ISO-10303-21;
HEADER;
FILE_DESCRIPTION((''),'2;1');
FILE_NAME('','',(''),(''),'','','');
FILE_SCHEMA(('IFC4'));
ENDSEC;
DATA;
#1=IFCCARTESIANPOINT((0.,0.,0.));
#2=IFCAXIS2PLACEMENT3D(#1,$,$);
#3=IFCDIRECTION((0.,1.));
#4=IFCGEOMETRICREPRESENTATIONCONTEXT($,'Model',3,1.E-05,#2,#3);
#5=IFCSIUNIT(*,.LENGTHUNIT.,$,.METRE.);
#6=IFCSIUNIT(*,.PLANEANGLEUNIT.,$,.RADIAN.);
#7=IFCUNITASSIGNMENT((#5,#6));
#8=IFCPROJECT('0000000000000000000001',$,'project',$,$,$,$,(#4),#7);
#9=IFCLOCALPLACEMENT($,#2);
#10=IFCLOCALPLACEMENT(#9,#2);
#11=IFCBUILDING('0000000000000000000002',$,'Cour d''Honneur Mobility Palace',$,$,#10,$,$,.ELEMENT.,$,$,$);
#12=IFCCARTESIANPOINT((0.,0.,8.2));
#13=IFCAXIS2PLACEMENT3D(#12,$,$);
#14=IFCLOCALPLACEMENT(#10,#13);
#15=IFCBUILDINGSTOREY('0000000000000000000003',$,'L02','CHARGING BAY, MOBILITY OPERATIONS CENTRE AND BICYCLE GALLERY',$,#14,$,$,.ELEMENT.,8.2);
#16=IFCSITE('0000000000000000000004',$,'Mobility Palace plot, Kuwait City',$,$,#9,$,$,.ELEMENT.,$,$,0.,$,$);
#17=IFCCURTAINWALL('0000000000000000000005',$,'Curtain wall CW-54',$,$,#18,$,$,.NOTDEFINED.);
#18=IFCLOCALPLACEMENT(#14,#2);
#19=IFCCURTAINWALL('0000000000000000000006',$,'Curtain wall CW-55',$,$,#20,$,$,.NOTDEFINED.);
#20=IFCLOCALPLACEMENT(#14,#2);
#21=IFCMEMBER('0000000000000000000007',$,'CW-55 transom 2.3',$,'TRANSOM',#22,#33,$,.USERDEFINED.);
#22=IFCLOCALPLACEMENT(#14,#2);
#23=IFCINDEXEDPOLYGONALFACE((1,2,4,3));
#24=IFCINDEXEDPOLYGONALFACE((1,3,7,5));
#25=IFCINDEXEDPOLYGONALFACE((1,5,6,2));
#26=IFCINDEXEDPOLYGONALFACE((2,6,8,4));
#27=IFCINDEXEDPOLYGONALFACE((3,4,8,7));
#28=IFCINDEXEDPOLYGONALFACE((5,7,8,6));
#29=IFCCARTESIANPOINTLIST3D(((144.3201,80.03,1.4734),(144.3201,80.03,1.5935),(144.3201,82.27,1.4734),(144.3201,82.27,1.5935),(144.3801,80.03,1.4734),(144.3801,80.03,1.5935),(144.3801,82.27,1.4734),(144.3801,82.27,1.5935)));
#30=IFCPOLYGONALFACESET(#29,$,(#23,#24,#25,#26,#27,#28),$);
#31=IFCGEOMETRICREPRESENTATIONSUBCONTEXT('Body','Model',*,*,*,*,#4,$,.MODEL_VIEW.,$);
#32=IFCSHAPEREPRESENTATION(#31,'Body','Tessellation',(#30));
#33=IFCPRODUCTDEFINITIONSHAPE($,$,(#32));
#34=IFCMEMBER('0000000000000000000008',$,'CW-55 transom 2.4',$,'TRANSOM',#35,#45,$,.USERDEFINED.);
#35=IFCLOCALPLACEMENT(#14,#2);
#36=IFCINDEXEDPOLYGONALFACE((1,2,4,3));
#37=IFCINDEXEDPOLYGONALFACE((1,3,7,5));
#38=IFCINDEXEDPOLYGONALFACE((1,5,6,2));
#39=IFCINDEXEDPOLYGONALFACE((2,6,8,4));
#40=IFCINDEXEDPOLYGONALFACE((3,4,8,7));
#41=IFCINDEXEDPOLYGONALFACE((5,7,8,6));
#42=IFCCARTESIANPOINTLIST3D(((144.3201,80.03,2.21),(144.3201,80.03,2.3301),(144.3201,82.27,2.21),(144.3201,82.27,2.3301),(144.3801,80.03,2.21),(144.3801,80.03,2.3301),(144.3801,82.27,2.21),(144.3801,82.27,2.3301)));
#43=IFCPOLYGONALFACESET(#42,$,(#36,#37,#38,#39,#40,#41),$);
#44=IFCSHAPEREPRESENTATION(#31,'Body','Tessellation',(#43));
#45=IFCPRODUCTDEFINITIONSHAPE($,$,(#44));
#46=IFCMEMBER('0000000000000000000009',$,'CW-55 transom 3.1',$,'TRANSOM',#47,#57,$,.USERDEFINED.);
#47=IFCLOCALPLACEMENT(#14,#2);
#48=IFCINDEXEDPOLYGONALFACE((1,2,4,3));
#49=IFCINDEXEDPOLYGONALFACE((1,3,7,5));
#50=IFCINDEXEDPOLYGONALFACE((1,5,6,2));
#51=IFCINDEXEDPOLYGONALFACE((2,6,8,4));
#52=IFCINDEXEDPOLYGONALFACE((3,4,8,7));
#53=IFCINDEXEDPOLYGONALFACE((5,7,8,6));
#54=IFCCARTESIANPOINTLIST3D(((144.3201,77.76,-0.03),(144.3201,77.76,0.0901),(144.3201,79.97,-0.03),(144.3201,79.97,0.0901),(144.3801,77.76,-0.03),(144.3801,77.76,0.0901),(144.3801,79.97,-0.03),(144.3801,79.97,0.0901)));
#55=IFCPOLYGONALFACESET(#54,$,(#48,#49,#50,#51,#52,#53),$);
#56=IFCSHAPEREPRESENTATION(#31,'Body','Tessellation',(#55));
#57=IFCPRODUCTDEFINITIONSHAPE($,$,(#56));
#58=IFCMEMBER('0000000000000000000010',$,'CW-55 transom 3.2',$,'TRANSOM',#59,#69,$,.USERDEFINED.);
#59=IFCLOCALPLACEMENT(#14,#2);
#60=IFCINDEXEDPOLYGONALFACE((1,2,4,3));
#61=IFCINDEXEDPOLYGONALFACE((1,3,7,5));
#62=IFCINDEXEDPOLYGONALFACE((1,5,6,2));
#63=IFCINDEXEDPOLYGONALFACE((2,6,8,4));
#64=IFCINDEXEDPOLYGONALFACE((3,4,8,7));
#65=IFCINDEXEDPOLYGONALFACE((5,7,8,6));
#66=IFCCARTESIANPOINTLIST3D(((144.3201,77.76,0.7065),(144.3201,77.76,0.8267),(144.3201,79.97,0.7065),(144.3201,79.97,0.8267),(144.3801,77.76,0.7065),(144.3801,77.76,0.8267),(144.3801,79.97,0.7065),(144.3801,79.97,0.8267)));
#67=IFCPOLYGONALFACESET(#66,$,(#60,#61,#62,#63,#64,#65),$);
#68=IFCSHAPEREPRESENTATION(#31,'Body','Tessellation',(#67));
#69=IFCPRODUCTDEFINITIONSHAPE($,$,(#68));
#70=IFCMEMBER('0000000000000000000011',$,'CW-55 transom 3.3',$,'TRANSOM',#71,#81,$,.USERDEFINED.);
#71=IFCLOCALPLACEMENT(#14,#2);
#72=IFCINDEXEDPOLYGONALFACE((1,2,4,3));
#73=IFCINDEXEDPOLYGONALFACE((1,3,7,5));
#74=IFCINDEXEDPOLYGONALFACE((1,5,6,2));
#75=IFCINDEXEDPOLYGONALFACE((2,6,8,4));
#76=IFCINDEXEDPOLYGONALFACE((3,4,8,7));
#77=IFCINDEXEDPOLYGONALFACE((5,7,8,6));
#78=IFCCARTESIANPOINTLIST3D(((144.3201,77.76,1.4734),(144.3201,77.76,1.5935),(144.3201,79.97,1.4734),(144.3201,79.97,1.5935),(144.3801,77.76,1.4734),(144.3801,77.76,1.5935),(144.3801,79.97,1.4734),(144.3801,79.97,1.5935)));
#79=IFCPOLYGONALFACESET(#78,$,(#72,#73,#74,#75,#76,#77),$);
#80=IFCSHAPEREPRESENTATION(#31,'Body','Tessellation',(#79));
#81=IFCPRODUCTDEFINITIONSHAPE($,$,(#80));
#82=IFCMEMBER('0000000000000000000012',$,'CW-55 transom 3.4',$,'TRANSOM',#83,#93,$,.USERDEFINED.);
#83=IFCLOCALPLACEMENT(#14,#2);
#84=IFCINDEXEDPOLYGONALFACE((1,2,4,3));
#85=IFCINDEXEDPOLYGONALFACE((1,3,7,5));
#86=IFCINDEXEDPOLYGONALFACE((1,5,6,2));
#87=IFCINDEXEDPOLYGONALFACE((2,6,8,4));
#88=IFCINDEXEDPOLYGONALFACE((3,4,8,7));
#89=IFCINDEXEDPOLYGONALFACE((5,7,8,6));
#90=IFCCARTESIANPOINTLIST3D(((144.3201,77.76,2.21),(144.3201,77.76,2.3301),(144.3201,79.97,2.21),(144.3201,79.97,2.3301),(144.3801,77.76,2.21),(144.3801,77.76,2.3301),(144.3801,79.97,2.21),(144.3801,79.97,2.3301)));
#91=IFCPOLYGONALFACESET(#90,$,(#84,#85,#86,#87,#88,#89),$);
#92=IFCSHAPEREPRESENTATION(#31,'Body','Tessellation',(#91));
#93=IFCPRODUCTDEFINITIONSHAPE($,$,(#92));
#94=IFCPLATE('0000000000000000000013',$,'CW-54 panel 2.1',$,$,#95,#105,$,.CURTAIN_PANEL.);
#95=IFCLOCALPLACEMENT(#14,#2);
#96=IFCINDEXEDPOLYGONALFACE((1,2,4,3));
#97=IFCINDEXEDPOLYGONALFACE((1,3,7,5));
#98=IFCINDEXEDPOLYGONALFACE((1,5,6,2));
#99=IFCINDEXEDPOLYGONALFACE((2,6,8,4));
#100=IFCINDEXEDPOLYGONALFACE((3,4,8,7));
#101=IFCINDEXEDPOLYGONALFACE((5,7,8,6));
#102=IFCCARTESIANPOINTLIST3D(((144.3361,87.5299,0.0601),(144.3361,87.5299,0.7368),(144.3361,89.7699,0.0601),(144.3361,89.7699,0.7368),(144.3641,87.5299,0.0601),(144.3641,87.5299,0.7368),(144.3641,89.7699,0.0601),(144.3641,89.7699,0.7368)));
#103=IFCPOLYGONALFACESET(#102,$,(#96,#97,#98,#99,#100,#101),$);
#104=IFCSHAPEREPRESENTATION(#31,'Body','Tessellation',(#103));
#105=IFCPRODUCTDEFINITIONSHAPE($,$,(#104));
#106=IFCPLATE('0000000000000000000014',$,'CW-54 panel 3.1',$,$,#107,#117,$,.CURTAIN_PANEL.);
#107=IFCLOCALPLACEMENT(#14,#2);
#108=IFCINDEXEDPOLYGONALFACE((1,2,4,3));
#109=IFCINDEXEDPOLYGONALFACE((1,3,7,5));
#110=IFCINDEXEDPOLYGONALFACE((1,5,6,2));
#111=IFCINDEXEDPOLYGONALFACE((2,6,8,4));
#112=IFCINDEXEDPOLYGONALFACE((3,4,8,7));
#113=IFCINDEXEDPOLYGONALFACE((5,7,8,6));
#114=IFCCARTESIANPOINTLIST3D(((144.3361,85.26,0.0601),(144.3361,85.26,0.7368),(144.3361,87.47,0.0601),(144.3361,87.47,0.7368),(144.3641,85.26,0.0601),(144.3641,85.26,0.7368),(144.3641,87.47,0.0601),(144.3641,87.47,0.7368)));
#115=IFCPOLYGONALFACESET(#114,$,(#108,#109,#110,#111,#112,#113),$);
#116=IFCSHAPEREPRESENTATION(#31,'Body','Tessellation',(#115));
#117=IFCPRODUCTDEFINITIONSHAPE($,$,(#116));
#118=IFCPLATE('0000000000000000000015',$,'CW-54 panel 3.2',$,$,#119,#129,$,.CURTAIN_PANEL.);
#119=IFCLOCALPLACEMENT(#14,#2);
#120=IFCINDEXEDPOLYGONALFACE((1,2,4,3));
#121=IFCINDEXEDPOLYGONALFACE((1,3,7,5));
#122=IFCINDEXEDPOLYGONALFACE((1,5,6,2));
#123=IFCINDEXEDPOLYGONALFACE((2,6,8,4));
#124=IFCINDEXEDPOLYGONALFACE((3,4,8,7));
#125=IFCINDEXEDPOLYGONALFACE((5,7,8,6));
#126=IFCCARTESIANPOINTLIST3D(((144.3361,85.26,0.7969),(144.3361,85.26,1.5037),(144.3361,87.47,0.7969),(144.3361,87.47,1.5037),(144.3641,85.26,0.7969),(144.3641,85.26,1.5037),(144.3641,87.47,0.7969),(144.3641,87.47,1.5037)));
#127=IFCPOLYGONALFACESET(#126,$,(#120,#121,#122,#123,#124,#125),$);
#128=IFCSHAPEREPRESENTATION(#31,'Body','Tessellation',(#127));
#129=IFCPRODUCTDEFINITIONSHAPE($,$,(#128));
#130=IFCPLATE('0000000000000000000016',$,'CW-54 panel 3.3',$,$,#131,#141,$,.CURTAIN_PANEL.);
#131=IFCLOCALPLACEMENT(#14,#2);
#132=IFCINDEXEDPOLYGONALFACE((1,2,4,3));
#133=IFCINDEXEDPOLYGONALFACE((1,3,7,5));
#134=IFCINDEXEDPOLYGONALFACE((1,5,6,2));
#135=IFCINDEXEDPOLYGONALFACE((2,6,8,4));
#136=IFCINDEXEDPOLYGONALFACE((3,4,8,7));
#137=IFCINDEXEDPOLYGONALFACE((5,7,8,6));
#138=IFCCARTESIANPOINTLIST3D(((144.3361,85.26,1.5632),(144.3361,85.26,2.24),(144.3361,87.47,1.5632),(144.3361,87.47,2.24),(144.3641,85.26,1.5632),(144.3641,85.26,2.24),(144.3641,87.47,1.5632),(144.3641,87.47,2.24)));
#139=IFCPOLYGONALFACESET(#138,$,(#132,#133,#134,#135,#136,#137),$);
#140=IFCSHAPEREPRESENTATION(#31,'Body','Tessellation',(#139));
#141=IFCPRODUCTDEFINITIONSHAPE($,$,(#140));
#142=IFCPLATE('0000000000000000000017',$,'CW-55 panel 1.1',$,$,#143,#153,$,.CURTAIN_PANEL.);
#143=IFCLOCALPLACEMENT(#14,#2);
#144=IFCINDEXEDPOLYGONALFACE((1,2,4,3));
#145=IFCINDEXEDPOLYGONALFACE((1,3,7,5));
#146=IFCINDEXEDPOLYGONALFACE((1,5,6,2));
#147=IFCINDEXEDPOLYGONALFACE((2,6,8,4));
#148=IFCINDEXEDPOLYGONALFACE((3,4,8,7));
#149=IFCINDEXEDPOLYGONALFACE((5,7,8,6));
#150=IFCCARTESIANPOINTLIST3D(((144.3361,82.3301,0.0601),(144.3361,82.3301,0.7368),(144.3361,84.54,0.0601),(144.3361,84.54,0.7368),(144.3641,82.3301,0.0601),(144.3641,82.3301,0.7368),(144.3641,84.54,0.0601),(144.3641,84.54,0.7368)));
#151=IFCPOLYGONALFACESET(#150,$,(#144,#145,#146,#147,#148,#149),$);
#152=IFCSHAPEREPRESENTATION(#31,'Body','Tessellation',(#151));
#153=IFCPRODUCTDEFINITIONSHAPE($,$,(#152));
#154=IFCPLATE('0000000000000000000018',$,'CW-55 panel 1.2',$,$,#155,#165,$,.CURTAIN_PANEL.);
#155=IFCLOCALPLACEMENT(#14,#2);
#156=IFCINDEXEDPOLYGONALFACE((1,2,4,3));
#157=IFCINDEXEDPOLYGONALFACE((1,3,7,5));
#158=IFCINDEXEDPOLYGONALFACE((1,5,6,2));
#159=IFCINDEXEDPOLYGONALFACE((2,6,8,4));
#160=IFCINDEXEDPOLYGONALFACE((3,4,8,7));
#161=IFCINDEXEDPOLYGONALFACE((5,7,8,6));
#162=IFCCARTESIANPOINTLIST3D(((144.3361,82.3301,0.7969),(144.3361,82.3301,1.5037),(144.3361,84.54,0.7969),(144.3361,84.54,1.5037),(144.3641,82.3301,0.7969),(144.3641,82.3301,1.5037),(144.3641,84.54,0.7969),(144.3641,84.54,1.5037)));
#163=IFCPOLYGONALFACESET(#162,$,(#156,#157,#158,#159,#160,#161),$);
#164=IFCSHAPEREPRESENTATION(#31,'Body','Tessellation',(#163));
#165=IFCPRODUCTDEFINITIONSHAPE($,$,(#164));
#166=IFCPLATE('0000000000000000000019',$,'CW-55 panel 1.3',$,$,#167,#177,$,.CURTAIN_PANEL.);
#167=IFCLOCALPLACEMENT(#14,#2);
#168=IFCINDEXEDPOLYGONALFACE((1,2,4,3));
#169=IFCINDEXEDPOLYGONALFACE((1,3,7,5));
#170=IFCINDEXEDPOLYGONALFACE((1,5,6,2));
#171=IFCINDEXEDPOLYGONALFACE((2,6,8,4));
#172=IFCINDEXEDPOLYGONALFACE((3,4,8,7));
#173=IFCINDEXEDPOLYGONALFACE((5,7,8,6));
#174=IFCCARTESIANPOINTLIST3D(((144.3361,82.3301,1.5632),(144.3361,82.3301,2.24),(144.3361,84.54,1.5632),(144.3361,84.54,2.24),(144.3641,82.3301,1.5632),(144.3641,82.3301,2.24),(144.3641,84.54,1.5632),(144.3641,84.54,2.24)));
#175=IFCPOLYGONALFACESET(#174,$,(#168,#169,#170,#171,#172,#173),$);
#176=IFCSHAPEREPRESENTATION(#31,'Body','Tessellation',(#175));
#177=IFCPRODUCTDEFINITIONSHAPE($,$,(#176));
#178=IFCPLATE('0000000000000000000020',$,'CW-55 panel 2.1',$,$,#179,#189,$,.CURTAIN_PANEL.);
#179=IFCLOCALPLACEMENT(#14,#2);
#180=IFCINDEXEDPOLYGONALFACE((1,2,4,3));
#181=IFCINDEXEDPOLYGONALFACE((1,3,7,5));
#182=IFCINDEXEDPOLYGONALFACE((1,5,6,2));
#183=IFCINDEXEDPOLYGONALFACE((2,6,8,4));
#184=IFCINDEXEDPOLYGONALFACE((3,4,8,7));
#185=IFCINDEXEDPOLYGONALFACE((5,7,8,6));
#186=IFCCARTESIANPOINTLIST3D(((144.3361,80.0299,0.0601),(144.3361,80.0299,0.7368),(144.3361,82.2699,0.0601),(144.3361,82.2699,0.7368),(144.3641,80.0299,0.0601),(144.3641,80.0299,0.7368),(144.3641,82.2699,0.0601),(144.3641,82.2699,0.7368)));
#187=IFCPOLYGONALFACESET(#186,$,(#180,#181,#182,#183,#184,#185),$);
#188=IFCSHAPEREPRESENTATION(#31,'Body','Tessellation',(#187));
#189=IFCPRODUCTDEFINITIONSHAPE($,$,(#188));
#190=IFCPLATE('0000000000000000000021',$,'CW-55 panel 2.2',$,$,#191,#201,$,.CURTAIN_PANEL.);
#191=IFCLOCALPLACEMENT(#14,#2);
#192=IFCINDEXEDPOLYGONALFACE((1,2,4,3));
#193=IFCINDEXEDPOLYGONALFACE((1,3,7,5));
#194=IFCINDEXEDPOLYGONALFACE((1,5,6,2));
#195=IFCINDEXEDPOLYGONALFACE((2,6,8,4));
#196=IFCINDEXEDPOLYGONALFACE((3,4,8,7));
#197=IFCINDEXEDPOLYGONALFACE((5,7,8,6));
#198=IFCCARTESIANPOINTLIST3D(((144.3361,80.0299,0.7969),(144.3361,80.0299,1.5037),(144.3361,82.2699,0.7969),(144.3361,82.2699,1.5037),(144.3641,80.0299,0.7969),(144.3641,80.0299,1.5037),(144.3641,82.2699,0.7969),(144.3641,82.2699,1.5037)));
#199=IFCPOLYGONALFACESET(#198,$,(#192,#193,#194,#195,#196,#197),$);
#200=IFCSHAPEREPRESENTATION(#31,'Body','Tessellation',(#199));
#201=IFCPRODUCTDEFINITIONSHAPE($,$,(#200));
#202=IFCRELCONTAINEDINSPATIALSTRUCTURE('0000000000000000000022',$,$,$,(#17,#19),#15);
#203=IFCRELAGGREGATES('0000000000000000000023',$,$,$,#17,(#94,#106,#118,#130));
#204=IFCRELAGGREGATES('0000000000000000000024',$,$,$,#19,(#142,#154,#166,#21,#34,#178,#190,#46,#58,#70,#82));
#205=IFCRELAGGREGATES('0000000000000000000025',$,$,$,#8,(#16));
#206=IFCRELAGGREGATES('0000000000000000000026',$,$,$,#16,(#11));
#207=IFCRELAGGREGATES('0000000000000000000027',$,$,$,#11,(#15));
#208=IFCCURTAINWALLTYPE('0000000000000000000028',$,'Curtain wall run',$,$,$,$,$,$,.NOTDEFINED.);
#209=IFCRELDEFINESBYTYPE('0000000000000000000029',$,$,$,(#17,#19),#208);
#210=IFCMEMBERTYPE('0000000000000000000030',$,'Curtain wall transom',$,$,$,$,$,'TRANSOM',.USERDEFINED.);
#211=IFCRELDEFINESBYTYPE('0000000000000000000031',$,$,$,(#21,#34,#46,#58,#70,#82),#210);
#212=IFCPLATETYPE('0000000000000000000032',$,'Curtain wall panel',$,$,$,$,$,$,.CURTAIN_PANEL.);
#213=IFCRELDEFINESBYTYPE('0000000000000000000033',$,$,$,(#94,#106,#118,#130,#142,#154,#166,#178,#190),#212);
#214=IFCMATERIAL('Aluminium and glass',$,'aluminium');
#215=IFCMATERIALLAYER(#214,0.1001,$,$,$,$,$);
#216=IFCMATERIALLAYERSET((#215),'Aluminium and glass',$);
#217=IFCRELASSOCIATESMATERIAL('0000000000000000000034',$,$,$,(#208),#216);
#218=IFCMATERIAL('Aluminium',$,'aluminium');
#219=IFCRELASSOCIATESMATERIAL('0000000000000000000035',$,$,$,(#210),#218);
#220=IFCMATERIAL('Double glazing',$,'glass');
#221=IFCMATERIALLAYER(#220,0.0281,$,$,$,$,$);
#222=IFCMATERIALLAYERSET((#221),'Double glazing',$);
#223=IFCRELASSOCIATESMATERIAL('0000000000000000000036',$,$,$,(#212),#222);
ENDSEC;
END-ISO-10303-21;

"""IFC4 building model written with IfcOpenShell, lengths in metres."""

from ifc_helpers import new_model, si_unit, direction, frame, origin, origin_2d, place, context, subcontext, project, spatial, rectangle, extrude, material, layer, layer_set, material_profile, profile_set, type_object, element, aggregate, save


model = new_model("IFC4")

# Units and contexts
model_context = context("Model", 3, precision=1e-05, world=origin(), true_north=direction((0.0, 1.0)))
body_context = subcontext(model_context, "Body", "Model", "MODEL_VIEW")
ifc_project = project(units=[si_unit("LENGTHUNIT", "METRE"), si_unit("PLANEANGLEUNIT", "RADIAN")], contexts=[model_context])

# Site, building, storey
site_placement = place(None, origin())
site = spatial("IfcSite", under=ifc_project, at=site_placement, Name="Mobility Palace plot, Kuwait City", CompositionType="ELEMENT", RefElevation=0.0)
building_placement = place(site_placement, origin())
building = spatial("IfcBuilding", under=site, at=building_placement, Name="Cour d'Honneur Mobility Palace", CompositionType="ELEMENT")
storey_placement = place(building_placement, frame((0.0, 0.0, 8.2)))
storey = spatial("IfcBuildingStorey", under=building, at=storey_placement, Name="L02", Description="CHARGING BAY, MOBILITY OPERATIONS CENTRE AND BICYCLE GALLERY", CompositionType="ELEMENT", Elevation=8.2)

# Curtain walls
ifc_material_1 = material(Name="Aluminium and glass", Category="aluminium")
ifc_layer_1 = layer(ifc_material_1, 0.1001)
ifc_layer_set_1 = layer_set([ifc_layer_1], Name="Aluminium and glass")
curtain_wall_type = type_object("IfcCurtainWallType", Name="Curtain wall run", PredefinedType="NOTDEFINED", material=ifc_layer_set_1)
curtain_wall_1_placement = place(storey_placement, origin())
curtain_wall_1 = element("IfcCurtainWall", 1, at=curtain_wall_1_placement, inside=storey, type_object=curtain_wall_type, Name="Curtain wall CW-54", PredefinedType="NOTDEFINED")
curtain_wall_2_placement = place(storey_placement, origin())
curtain_wall_2 = element("IfcCurtainWall", 2, at=curtain_wall_2_placement, inside=storey, type_object=curtain_wall_type, Name="Curtain wall CW-55", PredefinedType="NOTDEFINED")

# Members
ifc_material_2 = material(Name="Aluminium", Category="aluminium")
ifc_material_profile_1 = material_profile(ifc_material_2, rectangle(XDim=0.0601, YDim=0.1201, at=origin_2d()), Name="Curtain wall transom")
ifc_profile_set_1 = profile_set([ifc_material_profile_1], Name="Aluminium")
member_type_1 = type_object("IfcMemberType", Name="Curtain wall transom", ElementType="TRANSOM", PredefinedType="USERDEFINED", material=ifc_profile_set_1)
member_1_placement = place(storey_placement, frame((144.3501, 82.27, 1.5334), z_axis=(0.0, -1.0, 0.0), x_axis=(1.0, 0.0, 0.0)))
member_1 = element("IfcMember", 3, at=member_1_placement, type_object=member_type_1, Name="CW-55 transom 2.3", ObjectType="TRANSOM", PredefinedType="USERDEFINED", context=body_context, shape_type="SweptSolid", body=[
    extrude(rectangle(XDim=0.0601, YDim=0.1201, at=origin_2d()), origin(), (0.0, 0.0, 1.0), 2.24),
])
member_2_placement = place(storey_placement, frame((144.3501, 82.27, 2.27), z_axis=(0.0, -1.0, 0.0), x_axis=(1.0, 0.0, 0.0)))
member_2 = element("IfcMember", 4, at=member_2_placement, type_object=member_type_1, Name="CW-55 transom 2.4", ObjectType="TRANSOM", PredefinedType="USERDEFINED", context=body_context, shape_type="SweptSolid", body=[
    extrude(rectangle(XDim=0.0601, YDim=0.1201, at=origin_2d()), origin(), (0.0, 0.0, 1.0), 2.24),
])
member_3_placement = place(storey_placement, frame((144.3501, 79.97, 0.03), z_axis=(0.0, -1.0, 0.0), x_axis=(1.0, 0.0, 0.0)))
member_3 = element("IfcMember", 5, at=member_3_placement, type_object=member_type_1, Name="CW-55 transom 3.1", ObjectType="TRANSOM", PredefinedType="USERDEFINED", context=body_context, shape_type="SweptSolid", body=[
    extrude(rectangle(XDim=0.0601, YDim=0.1201, at=origin_2d()), origin(), (0.0, 0.0, 1.0), 2.21),
])
member_4_placement = place(storey_placement, frame((144.3501, 79.97, 0.7666), z_axis=(0.0, -1.0, 0.0), x_axis=(1.0, 0.0, 0.0)))
member_4 = element("IfcMember", 6, at=member_4_placement, type_object=member_type_1, Name="CW-55 transom 3.2", ObjectType="TRANSOM", PredefinedType="USERDEFINED", context=body_context, shape_type="SweptSolid", body=[
    extrude(rectangle(XDim=0.0601, YDim=0.1201, at=origin_2d()), origin(), (0.0, 0.0, 1.0), 2.21),
])
member_5_placement = place(storey_placement, frame((144.3501, 79.97, 1.5334), z_axis=(0.0, -1.0, 0.0), x_axis=(1.0, 0.0, 0.0)))
member_5 = element("IfcMember", 7, at=member_5_placement, type_object=member_type_1, Name="CW-55 transom 3.3", ObjectType="TRANSOM", PredefinedType="USERDEFINED", context=body_context, shape_type="SweptSolid", body=[
    extrude(rectangle(XDim=0.0601, YDim=0.1201, at=origin_2d()), origin(), (0.0, 0.0, 1.0), 2.21),
])
member_6_placement = place(storey_placement, frame((144.3501, 79.97, 2.27), z_axis=(0.0, -1.0, 0.0), x_axis=(1.0, 0.0, 0.0)))
member_6 = element("IfcMember", 8, at=member_6_placement, type_object=member_type_1, Name="CW-55 transom 3.4", ObjectType="TRANSOM", PredefinedType="USERDEFINED", context=body_context, shape_type="SweptSolid", body=[
    extrude(rectangle(XDim=0.0601, YDim=0.1201, at=origin_2d()), origin(), (0.0, 0.0, 1.0), 2.21),
])

# Plates
ifc_material_3 = material(Name="Double glazing", Category="glass")
ifc_layer_2 = layer(ifc_material_3, 0.0281)
ifc_layer_set_2 = layer_set([ifc_layer_2], Name="Double glazing")
plate_type = type_object("IfcPlateType", Name="Curtain wall panel", PredefinedType="CURTAIN_PANEL", material=ifc_layer_set_2)
plate_1_placement = place(storey_placement, frame((144.3501, 88.6499, 0.0601), z_axis=(0.0, 0.0, 1.0), x_axis=(0.0, -1.0, 0.0)))
plate_1 = element("IfcPlate", 9, at=plate_1_placement, type_object=plate_type, Name="CW-54 panel 2.1", PredefinedType="CURTAIN_PANEL", context=body_context, shape_type="SweptSolid", body=[
    extrude(rectangle(XDim=2.24, YDim=0.0281, at=origin_2d()), origin(), (0.0, 0.0, 1.0), 0.6768),
])
plate_2_placement = place(storey_placement, frame((144.3501, 86.365, 0.0601), z_axis=(0.0, 0.0, 1.0), x_axis=(0.0, -1.0, 0.0)))
plate_2 = element("IfcPlate", 10, at=plate_2_placement, type_object=plate_type, Name="CW-54 panel 3.1", PredefinedType="CURTAIN_PANEL", context=body_context, shape_type="SweptSolid", body=[
    extrude(rectangle(XDim=2.21, YDim=0.0281, at=origin_2d()), origin(), (0.0, 0.0, 1.0), 0.6768),
])
plate_3_placement = place(storey_placement, frame((144.3501, 86.365, 0.7969), z_axis=(0.0, 0.0, 1.0), x_axis=(0.0, -1.0, 0.0)))
plate_3 = element("IfcPlate", 11, at=plate_3_placement, type_object=plate_type, Name="CW-54 panel 3.2", PredefinedType="CURTAIN_PANEL", context=body_context, shape_type="SweptSolid", body=[
    extrude(rectangle(XDim=2.21, YDim=0.0281, at=origin_2d()), origin(), (0.0, 0.0, 1.0), 0.7068),
])
plate_4_placement = place(storey_placement, frame((144.3501, 86.365, 1.5632), z_axis=(0.0, 0.0, 1.0), x_axis=(0.0, -1.0, 0.0)))
plate_4 = element("IfcPlate", 12, at=plate_4_placement, type_object=plate_type, Name="CW-54 panel 3.3", PredefinedType="CURTAIN_PANEL", context=body_context, shape_type="SweptSolid", body=[
    extrude(rectangle(XDim=2.21, YDim=0.0281, at=origin_2d()), origin(), (0.0, 0.0, 1.0), 0.6768),
])
aggregate(curtain_wall_1, [plate_1, plate_2, plate_3, plate_4])
plate_5_placement = place(storey_placement, frame((144.3501, 83.4351, 0.0601), z_axis=(0.0, 0.0, 1.0), x_axis=(0.0, -1.0, 0.0)))
plate_5 = element("IfcPlate", 13, at=plate_5_placement, type_object=plate_type, Name="CW-55 panel 1.1", PredefinedType="CURTAIN_PANEL", context=body_context, shape_type="SweptSolid", body=[
    extrude(rectangle(XDim=2.21, YDim=0.0281, at=origin_2d()), origin(), (0.0, 0.0, 1.0), 0.6768),
])
plate_6_placement = place(storey_placement, frame((144.3501, 83.4351, 0.7969), z_axis=(0.0, 0.0, 1.0), x_axis=(0.0, -1.0, 0.0)))
plate_6 = element("IfcPlate", 14, at=plate_6_placement, type_object=plate_type, Name="CW-55 panel 1.2", PredefinedType="CURTAIN_PANEL", context=body_context, shape_type="SweptSolid", body=[
    extrude(rectangle(XDim=2.21, YDim=0.0281, at=origin_2d()), origin(), (0.0, 0.0, 1.0), 0.7068),
])
plate_7_placement = place(storey_placement, frame((144.3501, 83.4351, 1.5632), z_axis=(0.0, 0.0, 1.0), x_axis=(0.0, -1.0, 0.0)))
plate_7 = element("IfcPlate", 15, at=plate_7_placement, type_object=plate_type, Name="CW-55 panel 1.3", PredefinedType="CURTAIN_PANEL", context=body_context, shape_type="SweptSolid", body=[
    extrude(rectangle(XDim=2.21, YDim=0.0281, at=origin_2d()), origin(), (0.0, 0.0, 1.0), 0.6768),
])
plate_8_placement = place(storey_placement, frame((144.3501, 81.1499, 0.0601), z_axis=(0.0, 0.0, 1.0), x_axis=(0.0, -1.0, 0.0)))
plate_8 = element("IfcPlate", 16, at=plate_8_placement, type_object=plate_type, Name="CW-55 panel 2.1", PredefinedType="CURTAIN_PANEL", context=body_context, shape_type="SweptSolid", body=[
    extrude(rectangle(XDim=2.24, YDim=0.0281, at=origin_2d()), origin(), (0.0, 0.0, 1.0), 0.6768),
])
plate_9_placement = place(storey_placement, frame((144.3501, 81.1499, 0.7969), z_axis=(0.0, 0.0, 1.0), x_axis=(0.0, -1.0, 0.0)))
plate_9 = element("IfcPlate", 17, at=plate_9_placement, type_object=plate_type, Name="CW-55 panel 2.2", PredefinedType="CURTAIN_PANEL", context=body_context, shape_type="SweptSolid", body=[
    extrude(rectangle(XDim=2.24, YDim=0.0281, at=origin_2d()), origin(), (0.0, 0.0, 1.0), 0.7068),
])
aggregate(curtain_wall_2, [plate_5, plate_6, plate_7, member_1, member_2, plate_8, plate_9, member_3, member_4, member_5, member_6])

save(model, "model.ifc")
